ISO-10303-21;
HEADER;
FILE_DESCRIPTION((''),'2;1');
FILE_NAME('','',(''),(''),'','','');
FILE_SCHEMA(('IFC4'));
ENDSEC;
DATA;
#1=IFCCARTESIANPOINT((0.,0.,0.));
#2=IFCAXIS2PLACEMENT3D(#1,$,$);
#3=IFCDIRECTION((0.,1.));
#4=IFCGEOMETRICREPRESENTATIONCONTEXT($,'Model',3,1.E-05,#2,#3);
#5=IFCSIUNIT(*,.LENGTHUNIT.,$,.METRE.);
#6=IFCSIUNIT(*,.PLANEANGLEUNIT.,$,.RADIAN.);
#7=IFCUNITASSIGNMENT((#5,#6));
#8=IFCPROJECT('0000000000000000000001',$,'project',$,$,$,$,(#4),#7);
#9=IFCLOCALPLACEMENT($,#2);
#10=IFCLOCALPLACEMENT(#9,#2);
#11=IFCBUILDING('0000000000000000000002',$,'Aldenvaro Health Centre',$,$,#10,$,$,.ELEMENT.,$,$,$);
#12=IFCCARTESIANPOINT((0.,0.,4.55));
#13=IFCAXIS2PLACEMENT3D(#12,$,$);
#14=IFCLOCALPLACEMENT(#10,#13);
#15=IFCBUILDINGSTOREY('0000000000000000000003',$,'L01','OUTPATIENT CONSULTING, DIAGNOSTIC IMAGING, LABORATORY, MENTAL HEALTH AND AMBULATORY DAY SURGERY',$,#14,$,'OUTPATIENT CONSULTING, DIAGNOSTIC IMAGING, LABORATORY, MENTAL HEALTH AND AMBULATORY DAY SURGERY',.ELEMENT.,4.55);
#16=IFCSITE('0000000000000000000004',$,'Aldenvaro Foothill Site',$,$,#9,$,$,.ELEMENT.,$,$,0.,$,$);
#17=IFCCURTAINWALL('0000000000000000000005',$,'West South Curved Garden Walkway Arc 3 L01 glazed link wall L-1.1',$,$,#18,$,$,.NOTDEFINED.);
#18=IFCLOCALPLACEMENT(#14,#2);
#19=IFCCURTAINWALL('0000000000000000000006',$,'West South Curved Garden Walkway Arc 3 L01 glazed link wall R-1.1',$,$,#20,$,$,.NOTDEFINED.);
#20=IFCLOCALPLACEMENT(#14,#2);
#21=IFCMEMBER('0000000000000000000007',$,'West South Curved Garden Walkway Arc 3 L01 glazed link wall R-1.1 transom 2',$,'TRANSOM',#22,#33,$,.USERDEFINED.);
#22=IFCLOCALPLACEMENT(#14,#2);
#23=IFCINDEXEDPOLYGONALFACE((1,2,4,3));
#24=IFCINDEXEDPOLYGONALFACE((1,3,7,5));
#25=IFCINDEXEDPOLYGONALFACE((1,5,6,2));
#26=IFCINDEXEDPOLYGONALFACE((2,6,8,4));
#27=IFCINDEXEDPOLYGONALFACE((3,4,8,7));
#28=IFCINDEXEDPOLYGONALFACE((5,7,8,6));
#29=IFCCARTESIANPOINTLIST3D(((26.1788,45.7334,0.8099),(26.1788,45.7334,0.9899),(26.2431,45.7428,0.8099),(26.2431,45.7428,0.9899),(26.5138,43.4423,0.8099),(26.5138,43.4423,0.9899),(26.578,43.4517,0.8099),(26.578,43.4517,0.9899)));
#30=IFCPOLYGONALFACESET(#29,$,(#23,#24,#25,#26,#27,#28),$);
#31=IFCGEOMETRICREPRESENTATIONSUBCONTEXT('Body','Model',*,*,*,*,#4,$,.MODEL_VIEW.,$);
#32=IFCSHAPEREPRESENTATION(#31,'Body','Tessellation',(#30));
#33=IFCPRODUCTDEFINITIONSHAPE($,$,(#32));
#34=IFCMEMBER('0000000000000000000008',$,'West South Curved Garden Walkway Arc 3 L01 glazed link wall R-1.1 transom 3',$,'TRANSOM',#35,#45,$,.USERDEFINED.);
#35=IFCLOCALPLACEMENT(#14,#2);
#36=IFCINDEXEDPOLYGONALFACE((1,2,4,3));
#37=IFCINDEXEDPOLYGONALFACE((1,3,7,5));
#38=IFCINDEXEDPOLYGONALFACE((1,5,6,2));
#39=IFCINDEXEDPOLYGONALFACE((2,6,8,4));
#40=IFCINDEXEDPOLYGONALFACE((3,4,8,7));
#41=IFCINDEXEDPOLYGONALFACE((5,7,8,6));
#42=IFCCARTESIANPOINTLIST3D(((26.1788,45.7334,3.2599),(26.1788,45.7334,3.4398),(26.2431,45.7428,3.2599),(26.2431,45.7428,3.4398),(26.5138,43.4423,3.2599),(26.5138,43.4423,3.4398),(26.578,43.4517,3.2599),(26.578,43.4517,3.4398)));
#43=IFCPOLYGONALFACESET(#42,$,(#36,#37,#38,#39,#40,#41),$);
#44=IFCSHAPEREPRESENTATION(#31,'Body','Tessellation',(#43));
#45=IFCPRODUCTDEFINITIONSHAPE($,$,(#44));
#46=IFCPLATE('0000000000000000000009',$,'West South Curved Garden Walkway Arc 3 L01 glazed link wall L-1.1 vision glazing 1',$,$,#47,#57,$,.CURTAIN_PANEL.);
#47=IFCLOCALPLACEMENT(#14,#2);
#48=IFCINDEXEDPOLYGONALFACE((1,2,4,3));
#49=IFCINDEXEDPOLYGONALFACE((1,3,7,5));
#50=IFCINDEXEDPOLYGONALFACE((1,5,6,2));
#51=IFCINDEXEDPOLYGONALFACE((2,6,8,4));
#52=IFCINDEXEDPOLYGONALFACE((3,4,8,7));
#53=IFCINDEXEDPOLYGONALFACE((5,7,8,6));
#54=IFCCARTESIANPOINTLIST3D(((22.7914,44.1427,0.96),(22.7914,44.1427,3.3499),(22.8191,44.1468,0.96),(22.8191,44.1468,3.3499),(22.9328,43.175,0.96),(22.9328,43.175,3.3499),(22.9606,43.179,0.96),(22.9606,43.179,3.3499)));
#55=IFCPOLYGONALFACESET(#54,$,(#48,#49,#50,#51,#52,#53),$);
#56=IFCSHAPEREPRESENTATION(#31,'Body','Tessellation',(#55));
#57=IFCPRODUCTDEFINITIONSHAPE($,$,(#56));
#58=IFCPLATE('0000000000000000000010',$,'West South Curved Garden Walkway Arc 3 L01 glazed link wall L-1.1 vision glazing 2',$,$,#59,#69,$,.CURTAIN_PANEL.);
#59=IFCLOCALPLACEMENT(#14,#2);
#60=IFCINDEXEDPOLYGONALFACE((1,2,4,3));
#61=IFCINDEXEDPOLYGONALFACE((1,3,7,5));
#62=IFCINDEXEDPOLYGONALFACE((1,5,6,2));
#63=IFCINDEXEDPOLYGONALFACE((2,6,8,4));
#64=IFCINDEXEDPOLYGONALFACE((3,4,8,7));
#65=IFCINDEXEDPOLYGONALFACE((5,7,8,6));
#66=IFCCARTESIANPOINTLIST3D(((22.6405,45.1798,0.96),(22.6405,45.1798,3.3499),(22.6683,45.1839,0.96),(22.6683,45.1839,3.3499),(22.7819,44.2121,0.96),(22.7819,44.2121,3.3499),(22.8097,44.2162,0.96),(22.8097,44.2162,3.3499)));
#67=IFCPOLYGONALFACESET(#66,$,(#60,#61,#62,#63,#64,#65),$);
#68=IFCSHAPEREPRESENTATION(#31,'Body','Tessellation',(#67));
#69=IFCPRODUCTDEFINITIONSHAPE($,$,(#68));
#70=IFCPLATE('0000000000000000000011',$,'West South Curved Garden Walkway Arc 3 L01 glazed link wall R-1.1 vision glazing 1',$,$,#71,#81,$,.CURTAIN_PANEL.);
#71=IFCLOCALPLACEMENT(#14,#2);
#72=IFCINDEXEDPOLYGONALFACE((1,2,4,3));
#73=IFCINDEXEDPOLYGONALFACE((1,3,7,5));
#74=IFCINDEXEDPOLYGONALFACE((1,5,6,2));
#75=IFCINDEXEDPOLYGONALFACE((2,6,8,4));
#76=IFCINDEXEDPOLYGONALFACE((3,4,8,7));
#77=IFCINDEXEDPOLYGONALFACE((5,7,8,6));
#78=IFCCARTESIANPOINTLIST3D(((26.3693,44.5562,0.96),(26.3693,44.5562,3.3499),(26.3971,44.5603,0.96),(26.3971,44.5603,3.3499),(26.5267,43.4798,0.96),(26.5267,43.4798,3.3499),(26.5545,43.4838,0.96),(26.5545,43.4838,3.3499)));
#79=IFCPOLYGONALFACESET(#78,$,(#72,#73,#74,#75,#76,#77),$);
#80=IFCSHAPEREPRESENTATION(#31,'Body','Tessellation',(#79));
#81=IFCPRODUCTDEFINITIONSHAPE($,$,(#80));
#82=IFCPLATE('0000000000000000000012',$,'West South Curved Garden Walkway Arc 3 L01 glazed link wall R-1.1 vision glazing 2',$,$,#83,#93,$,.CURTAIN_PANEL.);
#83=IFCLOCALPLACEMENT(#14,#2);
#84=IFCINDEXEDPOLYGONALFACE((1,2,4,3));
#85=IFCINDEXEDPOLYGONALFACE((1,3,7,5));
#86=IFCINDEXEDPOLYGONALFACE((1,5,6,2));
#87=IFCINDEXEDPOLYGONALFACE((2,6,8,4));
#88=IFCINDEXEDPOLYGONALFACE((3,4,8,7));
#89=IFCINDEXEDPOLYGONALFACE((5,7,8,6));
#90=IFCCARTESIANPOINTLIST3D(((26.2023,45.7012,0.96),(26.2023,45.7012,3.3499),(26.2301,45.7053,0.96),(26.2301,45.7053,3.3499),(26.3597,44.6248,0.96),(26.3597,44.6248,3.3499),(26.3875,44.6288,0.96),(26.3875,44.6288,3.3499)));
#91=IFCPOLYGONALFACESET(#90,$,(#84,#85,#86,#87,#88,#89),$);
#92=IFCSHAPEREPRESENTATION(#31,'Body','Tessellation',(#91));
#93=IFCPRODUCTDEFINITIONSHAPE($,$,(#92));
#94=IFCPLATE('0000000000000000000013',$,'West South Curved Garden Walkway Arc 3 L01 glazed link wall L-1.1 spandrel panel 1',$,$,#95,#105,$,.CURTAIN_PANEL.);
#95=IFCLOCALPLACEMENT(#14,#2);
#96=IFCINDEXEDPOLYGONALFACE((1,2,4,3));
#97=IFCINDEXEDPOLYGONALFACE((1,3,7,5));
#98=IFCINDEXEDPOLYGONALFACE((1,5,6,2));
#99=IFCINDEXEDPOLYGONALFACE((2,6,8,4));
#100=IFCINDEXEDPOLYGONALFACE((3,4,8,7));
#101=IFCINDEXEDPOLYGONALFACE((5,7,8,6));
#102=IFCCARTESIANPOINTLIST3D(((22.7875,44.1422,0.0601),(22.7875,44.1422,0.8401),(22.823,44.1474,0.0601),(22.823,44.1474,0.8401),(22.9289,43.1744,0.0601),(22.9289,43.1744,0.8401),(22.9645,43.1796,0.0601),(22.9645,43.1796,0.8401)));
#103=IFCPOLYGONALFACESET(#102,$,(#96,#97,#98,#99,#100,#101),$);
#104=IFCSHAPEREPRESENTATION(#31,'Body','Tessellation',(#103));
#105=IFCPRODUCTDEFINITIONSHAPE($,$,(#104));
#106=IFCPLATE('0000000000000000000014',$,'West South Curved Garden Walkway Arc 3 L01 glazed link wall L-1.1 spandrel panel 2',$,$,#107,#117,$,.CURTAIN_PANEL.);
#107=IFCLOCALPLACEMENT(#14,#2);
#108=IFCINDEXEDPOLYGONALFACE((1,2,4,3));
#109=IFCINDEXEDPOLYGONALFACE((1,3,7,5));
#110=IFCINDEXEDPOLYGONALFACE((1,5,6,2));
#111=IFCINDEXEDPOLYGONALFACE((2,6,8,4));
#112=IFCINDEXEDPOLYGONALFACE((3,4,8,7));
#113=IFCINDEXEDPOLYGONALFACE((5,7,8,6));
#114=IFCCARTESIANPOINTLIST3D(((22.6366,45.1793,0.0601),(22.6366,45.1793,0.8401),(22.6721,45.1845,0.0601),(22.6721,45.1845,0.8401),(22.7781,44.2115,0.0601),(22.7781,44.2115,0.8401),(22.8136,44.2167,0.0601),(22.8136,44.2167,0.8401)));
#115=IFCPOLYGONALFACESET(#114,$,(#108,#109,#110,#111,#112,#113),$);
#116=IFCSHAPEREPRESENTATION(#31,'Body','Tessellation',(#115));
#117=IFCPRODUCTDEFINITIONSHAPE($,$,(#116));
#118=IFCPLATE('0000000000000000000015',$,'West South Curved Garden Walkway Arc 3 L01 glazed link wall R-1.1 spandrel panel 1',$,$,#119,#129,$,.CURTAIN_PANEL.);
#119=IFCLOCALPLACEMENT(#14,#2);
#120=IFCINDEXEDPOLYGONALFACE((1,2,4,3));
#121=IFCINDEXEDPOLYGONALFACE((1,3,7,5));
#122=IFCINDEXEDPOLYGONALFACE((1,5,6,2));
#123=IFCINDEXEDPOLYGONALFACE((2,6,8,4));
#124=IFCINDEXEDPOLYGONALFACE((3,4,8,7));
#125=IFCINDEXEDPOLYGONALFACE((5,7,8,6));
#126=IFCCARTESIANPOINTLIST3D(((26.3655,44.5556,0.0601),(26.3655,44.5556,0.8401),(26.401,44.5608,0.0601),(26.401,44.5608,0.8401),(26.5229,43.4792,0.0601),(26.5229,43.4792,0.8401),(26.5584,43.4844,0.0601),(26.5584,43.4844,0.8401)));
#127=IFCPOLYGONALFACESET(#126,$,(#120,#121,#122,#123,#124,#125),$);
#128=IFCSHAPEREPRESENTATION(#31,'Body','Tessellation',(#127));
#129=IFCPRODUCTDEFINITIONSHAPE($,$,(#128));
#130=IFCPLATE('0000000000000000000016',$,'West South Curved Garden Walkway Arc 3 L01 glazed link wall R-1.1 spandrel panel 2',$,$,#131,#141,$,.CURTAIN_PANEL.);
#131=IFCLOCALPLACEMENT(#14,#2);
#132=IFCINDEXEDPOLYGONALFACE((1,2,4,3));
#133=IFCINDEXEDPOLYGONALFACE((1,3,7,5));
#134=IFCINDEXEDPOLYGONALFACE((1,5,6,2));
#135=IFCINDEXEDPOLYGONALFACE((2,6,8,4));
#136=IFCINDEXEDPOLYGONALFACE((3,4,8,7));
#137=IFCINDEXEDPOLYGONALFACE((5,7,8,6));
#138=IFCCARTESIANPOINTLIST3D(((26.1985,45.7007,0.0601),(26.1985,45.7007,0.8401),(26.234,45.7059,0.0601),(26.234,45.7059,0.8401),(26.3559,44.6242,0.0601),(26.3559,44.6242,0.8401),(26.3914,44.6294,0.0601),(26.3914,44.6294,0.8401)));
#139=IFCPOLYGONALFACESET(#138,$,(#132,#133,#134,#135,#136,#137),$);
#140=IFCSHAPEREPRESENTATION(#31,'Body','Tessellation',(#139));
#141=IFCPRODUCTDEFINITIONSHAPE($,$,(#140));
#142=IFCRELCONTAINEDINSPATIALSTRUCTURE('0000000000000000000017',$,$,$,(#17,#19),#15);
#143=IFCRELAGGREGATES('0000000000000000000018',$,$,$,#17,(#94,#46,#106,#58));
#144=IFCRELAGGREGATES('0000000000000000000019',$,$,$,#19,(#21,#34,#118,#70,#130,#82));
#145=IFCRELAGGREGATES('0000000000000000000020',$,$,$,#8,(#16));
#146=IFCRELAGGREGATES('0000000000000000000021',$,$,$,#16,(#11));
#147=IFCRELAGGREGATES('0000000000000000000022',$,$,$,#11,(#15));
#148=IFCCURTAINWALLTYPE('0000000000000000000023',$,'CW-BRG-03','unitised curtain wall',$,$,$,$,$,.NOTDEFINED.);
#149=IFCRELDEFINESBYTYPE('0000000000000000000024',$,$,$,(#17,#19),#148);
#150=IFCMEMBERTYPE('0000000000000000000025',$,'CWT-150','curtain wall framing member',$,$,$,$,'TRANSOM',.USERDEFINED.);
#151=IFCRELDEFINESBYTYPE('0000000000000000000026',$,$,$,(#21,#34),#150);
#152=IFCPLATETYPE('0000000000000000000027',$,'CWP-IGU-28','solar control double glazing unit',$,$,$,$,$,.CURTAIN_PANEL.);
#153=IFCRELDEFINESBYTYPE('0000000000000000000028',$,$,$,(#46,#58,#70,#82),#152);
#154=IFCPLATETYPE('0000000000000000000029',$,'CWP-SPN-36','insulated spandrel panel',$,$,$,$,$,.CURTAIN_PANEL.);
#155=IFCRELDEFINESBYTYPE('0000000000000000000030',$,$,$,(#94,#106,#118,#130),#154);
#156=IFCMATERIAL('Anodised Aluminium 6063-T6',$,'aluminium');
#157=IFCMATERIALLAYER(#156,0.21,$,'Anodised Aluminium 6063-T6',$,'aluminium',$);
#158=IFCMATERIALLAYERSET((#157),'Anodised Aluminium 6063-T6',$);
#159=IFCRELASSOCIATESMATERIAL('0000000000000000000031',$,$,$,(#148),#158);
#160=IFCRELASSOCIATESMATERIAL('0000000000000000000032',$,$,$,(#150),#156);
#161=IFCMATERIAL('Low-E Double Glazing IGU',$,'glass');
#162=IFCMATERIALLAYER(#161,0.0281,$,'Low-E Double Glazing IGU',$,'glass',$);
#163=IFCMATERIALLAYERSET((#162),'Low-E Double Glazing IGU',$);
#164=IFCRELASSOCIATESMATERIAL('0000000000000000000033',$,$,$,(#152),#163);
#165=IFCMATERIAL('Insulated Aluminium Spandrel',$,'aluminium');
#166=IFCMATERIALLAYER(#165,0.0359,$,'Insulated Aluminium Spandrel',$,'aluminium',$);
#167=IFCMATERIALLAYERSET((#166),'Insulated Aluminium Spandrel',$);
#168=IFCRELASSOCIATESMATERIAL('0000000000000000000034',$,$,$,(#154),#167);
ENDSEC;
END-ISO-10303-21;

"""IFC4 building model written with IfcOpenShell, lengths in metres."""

from ifc_helpers import new_model, si_unit, direction, frame, origin, origin_2d, place, context, subcontext, project, spatial, rectangle, extrude, material, layer, layer_set, material_profile, profile_set, type_object, element, aggregate, save


model = new_model("IFC4")

# Units and contexts
model_context = context("Model", 3, precision=1e-05, world=origin(), true_north=direction((0.0, 1.0)))
body_context = subcontext(model_context, "Body", "Model", "MODEL_VIEW")
ifc_project = project(units=[si_unit("LENGTHUNIT", "METRE"), si_unit("PLANEANGLEUNIT", "RADIAN")], contexts=[model_context])

# Site, building, storey
site_placement = place(None, origin())
site = spatial("IfcSite", under=ifc_project, at=site_placement, Name="Aldenvaro Foothill Site", CompositionType="ELEMENT", RefElevation=0.0)
building_placement = place(site_placement, origin())
building = spatial("IfcBuilding", under=site, at=building_placement, Name="Aldenvaro Health Centre", CompositionType="ELEMENT")
storey_placement = place(building_placement, frame((0.0, 0.0, 4.55)))
storey = spatial("IfcBuildingStorey", under=building, at=storey_placement, Name="L01", Description="OUTPATIENT CONSULTING, DIAGNOSTIC IMAGING, LABORATORY, MENTAL HEALTH AND AMBULATORY DAY SURGERY", LongName="OUTPATIENT CONSULTING, DIAGNOSTIC IMAGING, LABORATORY, MENTAL HEALTH AND AMBULATORY DAY SURGERY", CompositionType="ELEMENT", Elevation=4.55)

# Curtain walls
ifc_material_1 = material(Name="Anodised Aluminium 6063-T6", Category="aluminium")
ifc_layer_1 = layer(ifc_material_1, 0.21, Name="Anodised Aluminium 6063-T6", Category="aluminium")
ifc_layer_set_1 = layer_set([ifc_layer_1], Name="Anodised Aluminium 6063-T6")
curtain_wall_type = type_object("IfcCurtainWallType", Name="CW-BRG-03", Description="unitised curtain wall", PredefinedType="NOTDEFINED", material=ifc_layer_set_1)
curtain_wall_1_placement = place(storey_placement, origin())
curtain_wall_1 = element("IfcCurtainWall", 1, at=curtain_wall_1_placement, inside=storey, type_object=curtain_wall_type, Name="West South Curved Garden Walkway Arc 3 L01 glazed link wall L-1.1", PredefinedType="NOTDEFINED")
curtain_wall_2_placement = place(storey_placement, origin())
curtain_wall_2 = element("IfcCurtainWall", 2, at=curtain_wall_2_placement, inside=storey, type_object=curtain_wall_type, Name="West South Curved Garden Walkway Arc 3 L01 glazed link wall R-1.1", PredefinedType="NOTDEFINED")

# Members
ifc_material_profile_1 = material_profile(ifc_material_1, rectangle(XDim=0.0649, YDim=0.1799, at=origin_2d()), Name="ALU 65x180", Category="aluminium")
ifc_profile_set_1 = profile_set([ifc_material_profile_1], Name="Anodised Aluminium 6063-T6")
member_type_1 = type_object("IfcMemberType", Name="CWT-150", Description="curtain wall framing member", ElementType="TRANSOM", PredefinedType="USERDEFINED", material=ifc_profile_set_1)
member_1_placement = place(storey_placement, frame((26.5459, 43.447, 0.8999), z_axis=(-0.144668, 0.98948, 0.0), x_axis=(-0.98948, -0.144668, 0.0)))
member_1 = element("IfcMember", 3, at=member_1_placement, type_object=member_type_1, Name="West South Curved Garden Walkway Arc 3 L01 glazed link wall R-1.1 transom 2", ObjectType="TRANSOM", PredefinedType="USERDEFINED", context=body_context, shape_type="SweptSolid", body=[
    extrude(rectangle(XDim=0.0649, YDim=0.1799, at=origin_2d()), origin(), (0.0, 0.0, 1.0), 2.3154),
])
member_2_placement = place(storey_placement, frame((26.5459, 43.447, 3.3499), z_axis=(-0.144668, 0.98948, 0.0), x_axis=(-0.98948, -0.144668, 0.0)))
member_2 = element("IfcMember", 4, at=member_2_placement, type_object=member_type_1, Name="West South Curved Garden Walkway Arc 3 L01 glazed link wall R-1.1 transom 3", ObjectType="TRANSOM", PredefinedType="USERDEFINED", context=body_context, shape_type="SweptSolid", body=[
    extrude(rectangle(XDim=0.0649, YDim=0.1799, at=origin_2d()), origin(), (0.0, 0.0, 1.0), 2.3154),
])

# Plates
ifc_material_2 = material(Name="Low-E Double Glazing IGU", Category="glass")
ifc_layer_2 = layer(ifc_material_2, 0.0281, Name="Low-E Double Glazing IGU", Category="glass")
ifc_layer_set_2 = layer_set([ifc_layer_2], Name="Low-E Double Glazing IGU")
plate_type_1 = type_object("IfcPlateType", Name="CWP-IGU-28", Description="solar control double glazing unit", PredefinedType="CURTAIN_PANEL", material=ifc_layer_set_2)
plate_1_placement = place(storey_placement, frame((22.876, 43.6609, 0.96), z_axis=(0.0, 0.0, 1.0), x_axis=(-0.144628, 0.989486, 0.0)))
plate_1 = element("IfcPlate", 5, at=plate_1_placement, type_object=plate_type_1, Name="West South Curved Garden Walkway Arc 3 L01 glazed link wall L-1.1 vision glazing 1", PredefinedType="CURTAIN_PANEL", context=body_context, shape_type="SweptSolid", body=[
    extrude(rectangle(XDim=0.978, YDim=0.0281, at=origin_2d()), origin(), (0.0, 0.0, 1.0), 2.3899),
])
plate_2_placement = place(storey_placement, frame((22.7251, 44.698, 0.96), z_axis=(0.0, 0.0, 1.0), x_axis=(-0.144628, 0.989486, 0.0)))
plate_2 = element("IfcPlate", 6, at=plate_2_placement, type_object=plate_type_1, Name="West South Curved Garden Walkway Arc 3 L01 glazed link wall L-1.1 vision glazing 2", PredefinedType="CURTAIN_PANEL", context=body_context, shape_type="SweptSolid", body=[
    extrude(rectangle(XDim=0.978, YDim=0.0281, at=origin_2d()), origin(), (0.0, 0.0, 1.0), 2.3899),
])
plate_3_placement = place(storey_placement, frame((26.4619, 44.02, 0.96), z_axis=(0.0, 0.0, 1.0), x_axis=(-0.144686, 0.989478, 0.0)))
plate_3 = element("IfcPlate", 7, at=plate_3_placement, type_object=plate_type_1, Name="West South Curved Garden Walkway Arc 3 L01 glazed link wall R-1.1 vision glazing 1", PredefinedType="CURTAIN_PANEL", context=body_context, shape_type="SweptSolid", body=[
    extrude(rectangle(XDim=1.0879, YDim=0.0281, at=origin_2d()), origin(), (0.0, 0.0, 1.0), 2.3899),
])
plate_4_placement = place(storey_placement, frame((26.2949, 45.165, 0.96), z_axis=(0.0, 0.0, 1.0), x_axis=(-0.144686, 0.989478, 0.0)))
plate_4 = element("IfcPlate", 8, at=plate_4_placement, type_object=plate_type_1, Name="West South Curved Garden Walkway Arc 3 L01 glazed link wall R-1.1 vision glazing 2", PredefinedType="CURTAIN_PANEL", context=body_context, shape_type="SweptSolid", body=[
    extrude(rectangle(XDim=1.0879, YDim=0.0281, at=origin_2d()), origin(), (0.0, 0.0, 1.0), 2.3899),
])
ifc_material_3 = material(Name="Insulated Aluminium Spandrel", Category="aluminium")
ifc_layer_3 = layer(ifc_material_3, 0.0359, Name="Insulated Aluminium Spandrel", Category="aluminium")
ifc_layer_set_3 = layer_set([ifc_layer_3], Name="Insulated Aluminium Spandrel")
plate_type_2 = type_object("IfcPlateType", Name="CWP-SPN-36", Description="insulated spandrel panel", PredefinedType="CURTAIN_PANEL", material=ifc_layer_set_3)
plate_5_placement = place(storey_placement, frame((22.876, 43.6609, 0.0601), z_axis=(0.0, 0.0, 1.0), x_axis=(-0.144628, 0.989486, 0.0)))
plate_5 = element("IfcPlate", 9, at=plate_5_placement, type_object=plate_type_2, Name="West South Curved Garden Walkway Arc 3 L01 glazed link wall L-1.1 spandrel panel 1", PredefinedType="CURTAIN_PANEL", context=body_context, shape_type="SweptSolid", body=[
    extrude(rectangle(XDim=0.978, YDim=0.0359, at=origin_2d()), origin(), (0.0, 0.0, 1.0), 0.78),
])
plate_6_placement = place(storey_placement, frame((22.7251, 44.698, 0.0601), z_axis=(0.0, 0.0, 1.0), x_axis=(-0.144628, 0.989486, 0.0)))
plate_6 = element("IfcPlate", 10, at=plate_6_placement, type_object=plate_type_2, Name="West South Curved Garden Walkway Arc 3 L01 glazed link wall L-1.1 spandrel panel 2", PredefinedType="CURTAIN_PANEL", context=body_context, shape_type="SweptSolid", body=[
    extrude(rectangle(XDim=0.978, YDim=0.0359, at=origin_2d()), origin(), (0.0, 0.0, 1.0), 0.78),
])
aggregate(curtain_wall_1, [plate_5, plate_1, plate_6, plate_2])
plate_7_placement = place(storey_placement, frame((26.4619, 44.02, 0.0601), z_axis=(0.0, 0.0, 1.0), x_axis=(-0.144686, 0.989478, 0.0)))
plate_7 = element("IfcPlate", 11, at=plate_7_placement, type_object=plate_type_2, Name="West South Curved Garden Walkway Arc 3 L01 glazed link wall R-1.1 spandrel panel 1", PredefinedType="CURTAIN_PANEL", context=body_context, shape_type="SweptSolid", body=[
    extrude(rectangle(XDim=1.0879, YDim=0.0359, at=origin_2d()), origin(), (0.0, 0.0, 1.0), 0.78),
])
plate_8_placement = place(storey_placement, frame((26.2949, 45.165, 0.0601), z_axis=(0.0, 0.0, 1.0), x_axis=(-0.144686, 0.989478, 0.0)))
plate_8 = element("IfcPlate", 12, at=plate_8_placement, type_object=plate_type_2, Name="West South Curved Garden Walkway Arc 3 L01 glazed link wall R-1.1 spandrel panel 2", PredefinedType="CURTAIN_PANEL", context=body_context, shape_type="SweptSolid", body=[
    extrude(rectangle(XDim=1.0879, YDim=0.0359, at=origin_2d()), origin(), (0.0, 0.0, 1.0), 0.78),
])
aggregate(curtain_wall_2, [member_1, member_2, plate_7, plate_3, plate_8, plate_4])

save(model, "model.ifc")
